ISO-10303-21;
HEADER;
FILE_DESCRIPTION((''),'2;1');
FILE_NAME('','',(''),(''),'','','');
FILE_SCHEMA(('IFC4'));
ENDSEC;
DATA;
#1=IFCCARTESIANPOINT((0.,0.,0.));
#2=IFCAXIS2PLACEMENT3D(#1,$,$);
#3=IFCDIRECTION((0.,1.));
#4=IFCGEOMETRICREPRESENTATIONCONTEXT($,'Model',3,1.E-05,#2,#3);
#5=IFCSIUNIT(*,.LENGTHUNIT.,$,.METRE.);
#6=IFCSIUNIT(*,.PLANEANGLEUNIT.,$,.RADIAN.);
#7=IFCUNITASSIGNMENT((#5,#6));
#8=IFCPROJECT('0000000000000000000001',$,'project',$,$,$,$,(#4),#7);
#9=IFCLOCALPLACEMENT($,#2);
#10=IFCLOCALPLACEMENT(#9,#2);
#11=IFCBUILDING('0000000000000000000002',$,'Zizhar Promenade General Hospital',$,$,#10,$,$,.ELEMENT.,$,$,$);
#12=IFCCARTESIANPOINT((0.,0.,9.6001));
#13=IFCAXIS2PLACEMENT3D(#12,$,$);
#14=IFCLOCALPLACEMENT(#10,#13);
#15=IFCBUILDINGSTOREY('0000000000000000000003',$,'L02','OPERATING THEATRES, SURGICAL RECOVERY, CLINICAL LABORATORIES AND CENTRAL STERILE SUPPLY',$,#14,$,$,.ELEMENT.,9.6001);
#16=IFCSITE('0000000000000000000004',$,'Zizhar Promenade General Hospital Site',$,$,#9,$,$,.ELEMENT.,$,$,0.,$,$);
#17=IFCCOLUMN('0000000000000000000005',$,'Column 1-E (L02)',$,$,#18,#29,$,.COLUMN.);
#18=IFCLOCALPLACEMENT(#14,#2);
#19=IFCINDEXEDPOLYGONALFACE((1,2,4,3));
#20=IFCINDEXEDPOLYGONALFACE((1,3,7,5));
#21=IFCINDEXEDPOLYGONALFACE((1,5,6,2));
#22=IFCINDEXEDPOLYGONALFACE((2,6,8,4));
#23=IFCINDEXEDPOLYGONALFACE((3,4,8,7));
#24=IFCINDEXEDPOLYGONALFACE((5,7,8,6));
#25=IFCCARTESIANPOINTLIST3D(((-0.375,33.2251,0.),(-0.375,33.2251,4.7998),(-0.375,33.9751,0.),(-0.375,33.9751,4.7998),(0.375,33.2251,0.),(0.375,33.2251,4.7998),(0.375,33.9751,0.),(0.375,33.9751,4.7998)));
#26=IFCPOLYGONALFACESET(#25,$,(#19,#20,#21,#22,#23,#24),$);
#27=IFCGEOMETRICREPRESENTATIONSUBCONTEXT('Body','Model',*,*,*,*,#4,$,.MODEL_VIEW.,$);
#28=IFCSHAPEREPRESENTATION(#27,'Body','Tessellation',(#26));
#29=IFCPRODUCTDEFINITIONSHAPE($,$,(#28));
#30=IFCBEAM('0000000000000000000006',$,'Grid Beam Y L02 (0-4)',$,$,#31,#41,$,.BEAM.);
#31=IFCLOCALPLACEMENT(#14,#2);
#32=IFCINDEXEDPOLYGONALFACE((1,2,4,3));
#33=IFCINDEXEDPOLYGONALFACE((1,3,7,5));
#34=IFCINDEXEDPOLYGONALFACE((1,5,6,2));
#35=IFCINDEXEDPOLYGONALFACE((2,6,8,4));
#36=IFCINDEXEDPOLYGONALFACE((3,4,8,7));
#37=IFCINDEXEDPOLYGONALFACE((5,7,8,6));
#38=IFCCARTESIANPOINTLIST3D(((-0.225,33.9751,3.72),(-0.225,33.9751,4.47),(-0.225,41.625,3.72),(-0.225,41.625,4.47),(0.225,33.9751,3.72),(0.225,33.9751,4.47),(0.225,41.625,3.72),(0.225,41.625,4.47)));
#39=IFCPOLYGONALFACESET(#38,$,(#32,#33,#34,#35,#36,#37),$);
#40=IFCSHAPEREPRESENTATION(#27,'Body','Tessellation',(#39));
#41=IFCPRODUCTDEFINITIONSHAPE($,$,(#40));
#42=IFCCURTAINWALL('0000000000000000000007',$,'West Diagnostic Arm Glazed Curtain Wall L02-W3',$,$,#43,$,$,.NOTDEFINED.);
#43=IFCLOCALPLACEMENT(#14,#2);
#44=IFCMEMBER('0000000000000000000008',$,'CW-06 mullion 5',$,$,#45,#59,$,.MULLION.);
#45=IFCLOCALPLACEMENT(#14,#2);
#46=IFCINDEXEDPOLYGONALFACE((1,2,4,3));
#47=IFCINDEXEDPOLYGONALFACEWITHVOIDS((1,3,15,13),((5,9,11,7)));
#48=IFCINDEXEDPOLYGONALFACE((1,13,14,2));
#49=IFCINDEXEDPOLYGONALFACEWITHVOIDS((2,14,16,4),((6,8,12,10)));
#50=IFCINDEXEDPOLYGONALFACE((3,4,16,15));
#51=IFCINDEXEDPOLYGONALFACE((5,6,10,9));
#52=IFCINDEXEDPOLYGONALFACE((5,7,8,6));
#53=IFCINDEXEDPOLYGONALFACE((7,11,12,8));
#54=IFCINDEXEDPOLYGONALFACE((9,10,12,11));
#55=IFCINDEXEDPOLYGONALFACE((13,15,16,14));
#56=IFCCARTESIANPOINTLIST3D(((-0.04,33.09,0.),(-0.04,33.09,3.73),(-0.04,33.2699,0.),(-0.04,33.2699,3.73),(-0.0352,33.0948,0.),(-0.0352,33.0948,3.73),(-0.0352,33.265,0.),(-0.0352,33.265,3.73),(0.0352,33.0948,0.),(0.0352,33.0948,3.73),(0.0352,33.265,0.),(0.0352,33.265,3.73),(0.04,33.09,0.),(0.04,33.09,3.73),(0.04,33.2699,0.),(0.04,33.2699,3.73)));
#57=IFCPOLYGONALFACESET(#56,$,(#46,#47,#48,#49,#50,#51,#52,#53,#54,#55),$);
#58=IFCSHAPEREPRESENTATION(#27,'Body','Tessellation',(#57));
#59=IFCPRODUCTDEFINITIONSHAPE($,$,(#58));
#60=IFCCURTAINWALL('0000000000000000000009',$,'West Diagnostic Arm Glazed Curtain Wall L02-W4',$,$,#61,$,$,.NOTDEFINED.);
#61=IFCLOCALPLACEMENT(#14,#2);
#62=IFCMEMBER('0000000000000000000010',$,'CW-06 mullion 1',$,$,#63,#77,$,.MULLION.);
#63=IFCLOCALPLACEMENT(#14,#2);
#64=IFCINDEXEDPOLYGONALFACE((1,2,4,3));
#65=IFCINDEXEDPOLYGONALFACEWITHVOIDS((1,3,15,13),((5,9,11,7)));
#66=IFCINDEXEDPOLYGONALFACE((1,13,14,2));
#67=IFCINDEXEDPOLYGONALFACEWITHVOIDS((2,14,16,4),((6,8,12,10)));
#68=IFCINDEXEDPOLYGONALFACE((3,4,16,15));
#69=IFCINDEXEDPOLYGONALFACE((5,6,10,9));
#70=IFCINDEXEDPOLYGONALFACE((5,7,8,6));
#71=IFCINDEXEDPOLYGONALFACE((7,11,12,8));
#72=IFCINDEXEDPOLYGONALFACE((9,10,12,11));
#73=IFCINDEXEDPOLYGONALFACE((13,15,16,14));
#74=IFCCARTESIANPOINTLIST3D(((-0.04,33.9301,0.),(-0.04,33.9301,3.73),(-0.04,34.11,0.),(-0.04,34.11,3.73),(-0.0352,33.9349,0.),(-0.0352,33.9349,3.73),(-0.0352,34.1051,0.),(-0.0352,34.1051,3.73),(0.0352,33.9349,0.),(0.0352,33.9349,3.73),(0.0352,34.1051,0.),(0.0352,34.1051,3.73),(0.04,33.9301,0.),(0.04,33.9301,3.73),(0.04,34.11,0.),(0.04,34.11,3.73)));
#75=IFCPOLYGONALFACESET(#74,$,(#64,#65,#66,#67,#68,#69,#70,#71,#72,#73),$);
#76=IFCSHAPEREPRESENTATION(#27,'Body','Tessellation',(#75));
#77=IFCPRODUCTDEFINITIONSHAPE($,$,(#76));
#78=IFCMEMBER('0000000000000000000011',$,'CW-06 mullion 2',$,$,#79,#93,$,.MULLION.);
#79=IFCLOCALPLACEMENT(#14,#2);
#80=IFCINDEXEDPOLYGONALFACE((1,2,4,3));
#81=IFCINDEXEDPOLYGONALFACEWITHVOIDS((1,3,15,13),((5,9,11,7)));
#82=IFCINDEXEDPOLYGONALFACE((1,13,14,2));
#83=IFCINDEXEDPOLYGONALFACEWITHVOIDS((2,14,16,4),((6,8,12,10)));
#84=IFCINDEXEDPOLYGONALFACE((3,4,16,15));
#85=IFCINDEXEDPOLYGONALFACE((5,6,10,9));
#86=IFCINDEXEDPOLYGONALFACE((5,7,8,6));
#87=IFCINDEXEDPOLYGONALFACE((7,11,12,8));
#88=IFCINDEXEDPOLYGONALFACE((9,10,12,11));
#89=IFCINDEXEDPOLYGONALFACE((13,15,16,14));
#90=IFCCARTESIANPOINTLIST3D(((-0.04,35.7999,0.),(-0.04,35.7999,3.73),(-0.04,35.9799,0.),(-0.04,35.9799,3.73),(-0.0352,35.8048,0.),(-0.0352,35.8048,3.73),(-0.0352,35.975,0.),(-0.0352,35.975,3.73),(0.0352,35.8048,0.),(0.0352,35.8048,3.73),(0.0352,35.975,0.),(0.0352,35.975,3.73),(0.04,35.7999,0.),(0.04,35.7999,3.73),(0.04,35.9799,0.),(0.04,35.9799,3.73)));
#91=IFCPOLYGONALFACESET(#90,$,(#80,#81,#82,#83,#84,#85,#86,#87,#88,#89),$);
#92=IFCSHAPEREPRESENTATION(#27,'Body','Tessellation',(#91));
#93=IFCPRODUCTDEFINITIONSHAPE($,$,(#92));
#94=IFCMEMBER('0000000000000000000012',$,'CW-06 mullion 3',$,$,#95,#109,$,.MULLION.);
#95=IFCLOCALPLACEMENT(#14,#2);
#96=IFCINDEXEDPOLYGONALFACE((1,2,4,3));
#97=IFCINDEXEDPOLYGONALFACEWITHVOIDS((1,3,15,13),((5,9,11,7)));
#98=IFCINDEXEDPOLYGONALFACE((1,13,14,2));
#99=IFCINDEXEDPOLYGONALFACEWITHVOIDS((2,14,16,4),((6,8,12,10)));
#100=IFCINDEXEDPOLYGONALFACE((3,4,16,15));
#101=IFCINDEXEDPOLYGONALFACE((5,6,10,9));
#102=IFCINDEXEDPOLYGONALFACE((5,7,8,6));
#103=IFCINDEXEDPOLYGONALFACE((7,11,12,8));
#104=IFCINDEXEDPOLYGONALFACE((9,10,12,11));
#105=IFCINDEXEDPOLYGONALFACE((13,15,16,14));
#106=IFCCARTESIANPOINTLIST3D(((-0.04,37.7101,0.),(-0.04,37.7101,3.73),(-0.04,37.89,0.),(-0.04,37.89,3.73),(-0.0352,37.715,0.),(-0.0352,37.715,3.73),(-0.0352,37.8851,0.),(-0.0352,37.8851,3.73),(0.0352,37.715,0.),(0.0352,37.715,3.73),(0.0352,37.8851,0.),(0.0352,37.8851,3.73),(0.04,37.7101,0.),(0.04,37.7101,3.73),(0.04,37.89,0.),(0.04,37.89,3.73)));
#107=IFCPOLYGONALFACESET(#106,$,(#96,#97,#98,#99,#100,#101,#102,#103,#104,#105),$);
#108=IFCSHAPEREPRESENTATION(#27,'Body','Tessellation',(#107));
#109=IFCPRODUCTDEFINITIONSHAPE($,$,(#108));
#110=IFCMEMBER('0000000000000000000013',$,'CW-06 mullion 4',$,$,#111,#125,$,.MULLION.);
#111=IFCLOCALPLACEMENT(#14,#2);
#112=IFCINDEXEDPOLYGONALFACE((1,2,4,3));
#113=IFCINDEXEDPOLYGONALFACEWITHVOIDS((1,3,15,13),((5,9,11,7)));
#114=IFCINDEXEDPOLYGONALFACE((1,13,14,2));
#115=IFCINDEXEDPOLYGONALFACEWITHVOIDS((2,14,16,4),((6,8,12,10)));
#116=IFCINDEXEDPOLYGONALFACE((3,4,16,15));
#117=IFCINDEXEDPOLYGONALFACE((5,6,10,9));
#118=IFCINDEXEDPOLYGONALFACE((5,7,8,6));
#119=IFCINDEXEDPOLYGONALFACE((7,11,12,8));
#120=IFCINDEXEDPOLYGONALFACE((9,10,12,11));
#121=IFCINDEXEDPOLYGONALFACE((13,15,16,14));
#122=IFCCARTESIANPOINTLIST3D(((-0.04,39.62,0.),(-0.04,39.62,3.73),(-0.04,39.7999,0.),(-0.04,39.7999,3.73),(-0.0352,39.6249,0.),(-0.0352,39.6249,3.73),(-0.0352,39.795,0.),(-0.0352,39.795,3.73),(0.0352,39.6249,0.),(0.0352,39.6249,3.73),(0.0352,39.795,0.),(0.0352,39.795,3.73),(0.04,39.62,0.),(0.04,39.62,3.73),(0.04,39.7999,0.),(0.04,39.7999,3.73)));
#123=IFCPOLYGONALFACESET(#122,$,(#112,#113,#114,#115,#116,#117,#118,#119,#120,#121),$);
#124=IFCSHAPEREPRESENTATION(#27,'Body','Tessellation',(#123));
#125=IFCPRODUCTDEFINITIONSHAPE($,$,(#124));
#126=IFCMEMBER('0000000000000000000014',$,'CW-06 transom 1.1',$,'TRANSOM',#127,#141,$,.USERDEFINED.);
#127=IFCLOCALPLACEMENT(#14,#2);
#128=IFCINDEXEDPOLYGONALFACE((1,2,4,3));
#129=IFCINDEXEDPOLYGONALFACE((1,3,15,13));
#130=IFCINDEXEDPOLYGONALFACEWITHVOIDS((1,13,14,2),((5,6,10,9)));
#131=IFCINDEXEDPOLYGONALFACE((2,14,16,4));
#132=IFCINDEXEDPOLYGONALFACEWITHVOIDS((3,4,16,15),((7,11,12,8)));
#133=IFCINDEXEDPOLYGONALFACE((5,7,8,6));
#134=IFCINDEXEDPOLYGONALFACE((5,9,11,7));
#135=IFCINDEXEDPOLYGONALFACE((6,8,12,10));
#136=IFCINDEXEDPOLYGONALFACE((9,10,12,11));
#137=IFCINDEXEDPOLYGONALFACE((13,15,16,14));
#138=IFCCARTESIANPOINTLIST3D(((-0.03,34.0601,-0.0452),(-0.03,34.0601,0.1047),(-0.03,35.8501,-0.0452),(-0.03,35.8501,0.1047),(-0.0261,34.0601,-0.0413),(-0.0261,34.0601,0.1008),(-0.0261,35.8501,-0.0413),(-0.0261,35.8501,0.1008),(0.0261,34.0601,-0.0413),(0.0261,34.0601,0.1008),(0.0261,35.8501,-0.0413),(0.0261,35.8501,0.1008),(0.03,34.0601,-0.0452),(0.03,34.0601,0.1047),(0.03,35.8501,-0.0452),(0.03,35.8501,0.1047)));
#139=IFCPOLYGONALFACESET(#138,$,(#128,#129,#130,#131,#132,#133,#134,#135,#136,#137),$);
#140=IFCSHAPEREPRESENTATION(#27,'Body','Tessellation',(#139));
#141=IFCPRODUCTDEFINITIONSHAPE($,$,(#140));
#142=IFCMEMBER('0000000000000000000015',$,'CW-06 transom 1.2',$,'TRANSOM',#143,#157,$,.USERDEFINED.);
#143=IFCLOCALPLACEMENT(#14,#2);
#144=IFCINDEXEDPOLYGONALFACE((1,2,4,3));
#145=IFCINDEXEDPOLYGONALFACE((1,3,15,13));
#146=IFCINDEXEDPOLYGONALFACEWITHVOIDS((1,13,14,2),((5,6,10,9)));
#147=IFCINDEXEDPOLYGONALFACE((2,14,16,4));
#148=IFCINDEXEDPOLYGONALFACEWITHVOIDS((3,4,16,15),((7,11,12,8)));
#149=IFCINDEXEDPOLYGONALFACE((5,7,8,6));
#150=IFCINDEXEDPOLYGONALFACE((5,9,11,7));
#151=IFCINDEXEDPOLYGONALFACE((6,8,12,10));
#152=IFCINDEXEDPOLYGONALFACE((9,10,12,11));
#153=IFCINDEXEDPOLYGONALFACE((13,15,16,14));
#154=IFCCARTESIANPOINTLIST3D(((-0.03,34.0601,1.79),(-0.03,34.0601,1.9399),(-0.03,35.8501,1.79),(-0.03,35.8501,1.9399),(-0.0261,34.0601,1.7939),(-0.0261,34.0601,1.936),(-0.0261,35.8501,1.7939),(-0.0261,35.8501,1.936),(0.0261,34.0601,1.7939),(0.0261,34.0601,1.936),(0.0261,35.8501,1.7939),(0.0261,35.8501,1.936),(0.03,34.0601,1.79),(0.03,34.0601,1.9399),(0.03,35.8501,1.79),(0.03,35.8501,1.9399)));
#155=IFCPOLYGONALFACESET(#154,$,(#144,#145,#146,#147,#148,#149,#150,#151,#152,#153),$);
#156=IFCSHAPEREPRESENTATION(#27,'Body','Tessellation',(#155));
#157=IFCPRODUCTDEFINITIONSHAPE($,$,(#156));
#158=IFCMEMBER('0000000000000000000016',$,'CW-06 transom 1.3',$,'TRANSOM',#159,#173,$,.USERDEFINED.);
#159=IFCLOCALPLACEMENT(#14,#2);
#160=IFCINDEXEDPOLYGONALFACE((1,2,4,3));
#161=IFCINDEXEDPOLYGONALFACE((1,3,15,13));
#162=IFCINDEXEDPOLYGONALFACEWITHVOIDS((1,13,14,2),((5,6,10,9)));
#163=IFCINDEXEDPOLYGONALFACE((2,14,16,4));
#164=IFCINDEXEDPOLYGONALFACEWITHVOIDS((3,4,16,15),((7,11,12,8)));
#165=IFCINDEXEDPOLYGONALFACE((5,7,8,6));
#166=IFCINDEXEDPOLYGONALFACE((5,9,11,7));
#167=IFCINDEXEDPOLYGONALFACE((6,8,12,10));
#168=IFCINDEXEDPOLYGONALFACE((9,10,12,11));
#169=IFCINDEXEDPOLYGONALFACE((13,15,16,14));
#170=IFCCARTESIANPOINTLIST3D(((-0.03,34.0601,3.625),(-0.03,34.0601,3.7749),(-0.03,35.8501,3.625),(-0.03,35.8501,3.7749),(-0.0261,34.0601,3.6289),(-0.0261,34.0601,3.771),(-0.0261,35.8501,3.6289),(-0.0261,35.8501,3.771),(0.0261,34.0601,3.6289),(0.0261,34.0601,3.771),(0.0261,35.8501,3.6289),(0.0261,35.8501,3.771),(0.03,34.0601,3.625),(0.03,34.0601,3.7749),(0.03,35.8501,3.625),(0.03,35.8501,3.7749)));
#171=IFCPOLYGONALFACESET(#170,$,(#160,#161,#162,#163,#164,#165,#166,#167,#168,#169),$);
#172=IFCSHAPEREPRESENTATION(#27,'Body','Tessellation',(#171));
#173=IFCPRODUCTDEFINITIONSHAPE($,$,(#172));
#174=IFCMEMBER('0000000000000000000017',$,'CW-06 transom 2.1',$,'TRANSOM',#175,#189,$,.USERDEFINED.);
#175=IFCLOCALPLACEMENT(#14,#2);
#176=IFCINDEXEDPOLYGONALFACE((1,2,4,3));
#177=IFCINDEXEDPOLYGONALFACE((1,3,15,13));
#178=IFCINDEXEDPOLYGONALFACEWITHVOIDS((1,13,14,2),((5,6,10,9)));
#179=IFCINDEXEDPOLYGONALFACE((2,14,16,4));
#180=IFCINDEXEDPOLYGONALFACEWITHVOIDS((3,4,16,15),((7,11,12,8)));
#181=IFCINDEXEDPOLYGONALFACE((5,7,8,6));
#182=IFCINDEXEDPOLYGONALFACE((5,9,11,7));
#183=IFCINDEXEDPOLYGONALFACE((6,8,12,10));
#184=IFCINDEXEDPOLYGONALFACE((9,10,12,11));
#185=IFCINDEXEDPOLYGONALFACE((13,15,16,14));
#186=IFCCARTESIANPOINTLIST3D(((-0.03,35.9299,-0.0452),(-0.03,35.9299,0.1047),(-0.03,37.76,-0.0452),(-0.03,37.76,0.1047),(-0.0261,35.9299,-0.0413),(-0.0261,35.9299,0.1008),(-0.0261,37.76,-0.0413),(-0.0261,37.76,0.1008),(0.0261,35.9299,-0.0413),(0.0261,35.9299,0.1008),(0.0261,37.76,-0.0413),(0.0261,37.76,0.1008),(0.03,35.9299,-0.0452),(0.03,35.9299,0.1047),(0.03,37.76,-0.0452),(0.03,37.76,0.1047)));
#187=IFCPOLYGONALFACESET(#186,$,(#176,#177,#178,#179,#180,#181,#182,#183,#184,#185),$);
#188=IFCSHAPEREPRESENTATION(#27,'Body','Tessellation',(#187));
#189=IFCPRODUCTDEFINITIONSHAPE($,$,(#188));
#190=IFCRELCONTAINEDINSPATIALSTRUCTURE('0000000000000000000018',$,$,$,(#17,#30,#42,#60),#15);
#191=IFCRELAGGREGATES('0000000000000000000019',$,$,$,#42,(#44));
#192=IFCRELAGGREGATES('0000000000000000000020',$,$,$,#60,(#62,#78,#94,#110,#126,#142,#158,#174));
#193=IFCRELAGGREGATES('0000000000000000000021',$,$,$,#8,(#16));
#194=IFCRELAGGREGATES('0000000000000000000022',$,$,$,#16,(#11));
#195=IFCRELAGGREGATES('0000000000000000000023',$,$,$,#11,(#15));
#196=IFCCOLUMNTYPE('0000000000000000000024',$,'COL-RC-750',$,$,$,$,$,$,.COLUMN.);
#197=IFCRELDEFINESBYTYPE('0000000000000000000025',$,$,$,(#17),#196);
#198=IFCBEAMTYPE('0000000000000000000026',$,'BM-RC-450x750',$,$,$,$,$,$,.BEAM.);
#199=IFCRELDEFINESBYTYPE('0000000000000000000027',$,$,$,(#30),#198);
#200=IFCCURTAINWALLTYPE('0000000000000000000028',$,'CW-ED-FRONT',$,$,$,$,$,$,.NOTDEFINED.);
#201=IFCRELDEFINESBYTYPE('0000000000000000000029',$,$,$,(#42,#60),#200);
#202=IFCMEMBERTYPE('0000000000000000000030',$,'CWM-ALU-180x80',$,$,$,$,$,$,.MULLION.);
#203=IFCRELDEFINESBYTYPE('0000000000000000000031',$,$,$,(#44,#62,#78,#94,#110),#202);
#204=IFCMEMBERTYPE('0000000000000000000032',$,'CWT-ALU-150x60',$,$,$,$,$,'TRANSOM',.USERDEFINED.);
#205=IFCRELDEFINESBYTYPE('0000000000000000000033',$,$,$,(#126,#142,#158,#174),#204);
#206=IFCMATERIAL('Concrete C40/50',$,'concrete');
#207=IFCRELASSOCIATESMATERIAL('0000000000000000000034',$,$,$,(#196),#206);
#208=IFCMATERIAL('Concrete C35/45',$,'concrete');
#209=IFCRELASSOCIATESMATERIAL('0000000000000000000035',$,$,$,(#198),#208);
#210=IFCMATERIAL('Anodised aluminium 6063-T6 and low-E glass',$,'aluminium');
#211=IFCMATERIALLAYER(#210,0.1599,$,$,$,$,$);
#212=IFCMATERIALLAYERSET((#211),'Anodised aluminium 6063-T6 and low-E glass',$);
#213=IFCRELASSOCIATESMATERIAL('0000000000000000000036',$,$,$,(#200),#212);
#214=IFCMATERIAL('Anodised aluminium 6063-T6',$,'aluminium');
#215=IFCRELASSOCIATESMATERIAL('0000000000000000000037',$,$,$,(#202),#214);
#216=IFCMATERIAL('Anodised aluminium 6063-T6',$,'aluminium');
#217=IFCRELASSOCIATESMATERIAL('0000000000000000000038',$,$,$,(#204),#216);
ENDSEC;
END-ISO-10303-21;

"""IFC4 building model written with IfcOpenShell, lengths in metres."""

from ifc_helpers import new_model, si_unit, direction, frame, origin, origin_2d, place, context, subcontext, project, spatial, rectangle, hollow_rectangle, extrude, material, layer, layer_set, material_profile, profile_set, type_object, element, aggregate, save


model = new_model("IFC4")

# Units and contexts
model_context = context("Model", 3, precision=1e-05, world=origin(), true_north=direction((0.0, 1.0)))
body_context = subcontext(model_context, "Body", "Model", "MODEL_VIEW")
ifc_project = project(units=[si_unit("LENGTHUNIT", "METRE"), si_unit("PLANEANGLEUNIT", "RADIAN")], contexts=[model_context])

# Site, building, storey
site_placement = place(None, origin())
site = spatial("IfcSite", under=ifc_project, at=site_placement, Name="Zizhar Promenade General Hospital Site", CompositionType="ELEMENT", RefElevation=0.0)
building_placement = place(site_placement, origin())
building = spatial("IfcBuilding", under=site, at=building_placement, Name="Zizhar Promenade General Hospital", CompositionType="ELEMENT")
storey_placement = place(building_placement, frame((0.0, 0.0, 9.6001)))
storey = spatial("IfcBuildingStorey", under=building, at=storey_placement, Name="L02", Description="OPERATING THEATRES, SURGICAL RECOVERY, CLINICAL LABORATORIES AND CENTRAL STERILE SUPPLY", CompositionType="ELEMENT", Elevation=9.6001)

# Column
ifc_material_1 = material(Name="Concrete C40/50", Category="concrete")
ifc_material_profile_1 = material_profile(ifc_material_1, rectangle(XDim=0.75, YDim=0.75, at=origin_2d()))
ifc_profile_set_1 = profile_set([ifc_material_profile_1], Name="Concrete C40/50")
column_type = type_object("IfcColumnType", Name="COL-RC-750", PredefinedType="COLUMN", material=ifc_profile_set_1)
column_placement = place(storey_placement, frame((0.0, 33.6001, 0.0), z_axis=(0.0, 0.0, 1.0), x_axis=(1.0, 0.0, 0.0)))
element("IfcColumn", 1, at=column_placement, inside=storey, type_object=column_type, Name="Column 1-E (L02)", PredefinedType="COLUMN", context=body_context, shape_type="SweptSolid", body=[
    extrude(rectangle(XDim=0.75, YDim=0.75, at=origin_2d()), origin(), (0.0, 0.0, 1.0), 4.7998),
])

# Beam
ifc_material_2 = material(Name="Concrete C35/45", Category="concrete")
ifc_material_profile_2 = material_profile(ifc_material_2, rectangle(XDim=0.45, YDim=0.75, at=origin_2d()))
ifc_profile_set_2 = profile_set([ifc_material_profile_2], Name="Concrete C35/45")
beam_type = type_object("IfcBeamType", Name="BM-RC-450x750", PredefinedType="BEAM", material=ifc_profile_set_2)
beam_placement = place(storey_placement, frame((0.0, 33.9751, 4.095), z_axis=(0.0, 1.0, 0.0), x_axis=(-1.0, 0.0, 0.0)))
element("IfcBeam", 2, at=beam_placement, inside=storey, type_object=beam_type, Name="Grid Beam Y L02 (0-4)", PredefinedType="BEAM", context=body_context, shape_type="SweptSolid", body=[
    extrude(rectangle(XDim=0.45, YDim=0.75, at=origin_2d()), origin(), (0.0, 0.0, 1.0), 7.6499),
])

# Curtain wall, member
ifc_material_3 = material(Name="Anodised aluminium 6063-T6 and low-E glass", Category="aluminium")
ifc_layer_1 = layer(ifc_material_3, 0.1599)
ifc_layer_set_1 = layer_set([ifc_layer_1], Name="Anodised aluminium 6063-T6 and low-E glass")
curtain_wall_type = type_object("IfcCurtainWallType", Name="CW-ED-FRONT", PredefinedType="NOTDEFINED", material=ifc_layer_set_1)
curtain_wall_1_placement = place(storey_placement, origin())
curtain_wall_1 = element("IfcCurtainWall", 3, at=curtain_wall_1_placement, inside=storey, type_object=curtain_wall_type, Name="West Diagnostic Arm Glazed Curtain Wall L02-W3", PredefinedType="NOTDEFINED")
ifc_material_4 = material(Name="Anodised aluminium 6063-T6", Category="aluminium")
ifc_material_profile_3 = material_profile(ifc_material_4, hollow_rectangle(XDim=0.0801, YDim=0.1799, WallThickness=0.0049, at=origin_2d()))
ifc_profile_set_3 = profile_set([ifc_material_profile_3], Name="Anodised aluminium 6063-T6")
member_type_1 = type_object("IfcMemberType", Name="CWM-ALU-180x80", PredefinedType="MULLION", material=ifc_profile_set_3)
member_1_placement = place(storey_placement, frame((0.0, 33.1799, 0.0), z_axis=(0.0, 0.0, 1.0), x_axis=(-1.0, 0.0, 0.0)))
member_1 = element("IfcMember", 4, at=member_1_placement, type_object=member_type_1, Name="CW-06 mullion 5", PredefinedType="MULLION", context=body_context, shape_type="SweptSolid", body=[
    extrude(hollow_rectangle(XDim=0.0801, YDim=0.1799, WallThickness=0.0049, at=origin_2d()), origin(), (0.0, 0.0, 1.0), 3.73),
])
aggregate(curtain_wall_1, [member_1])

# Curtain wall, members
curtain_wall_2_placement = place(storey_placement, origin())
curtain_wall_2 = element("IfcCurtainWall", 5, at=curtain_wall_2_placement, inside=storey, type_object=curtain_wall_type, Name="West Diagnostic Arm Glazed Curtain Wall L02-W4", PredefinedType="NOTDEFINED")
member_2_placement = place(storey_placement, frame((0.0, 34.02, 0.0), z_axis=(0.0, 0.0, 1.0), x_axis=(-1.0, 0.0, 0.0)))
member_2 = element("IfcMember", 6, at=member_2_placement, type_object=member_type_1, Name="CW-06 mullion 1", PredefinedType="MULLION", context=body_context, shape_type="SweptSolid", body=[
    extrude(hollow_rectangle(XDim=0.0801, YDim=0.1799, WallThickness=0.0049, at=origin_2d()), origin(), (0.0, 0.0, 1.0), 3.73),
])
member_3_placement = place(storey_placement, frame((0.0, 35.8899, 0.0), z_axis=(0.0, 0.0, 1.0), x_axis=(-1.0, 0.0, 0.0)))
member_3 = element("IfcMember", 7, at=member_3_placement, type_object=member_type_1, Name="CW-06 mullion 2", PredefinedType="MULLION", context=body_context, shape_type="SweptSolid", body=[
    extrude(hollow_rectangle(XDim=0.0801, YDim=0.1799, WallThickness=0.0049, at=origin_2d()), origin(), (0.0, 0.0, 1.0), 3.73),
])
member_4_placement = place(storey_placement, frame((0.0, 37.8, 0.0), z_axis=(0.0, 0.0, 1.0), x_axis=(-1.0, 0.0, 0.0)))
member_4 = element("IfcMember", 8, at=member_4_placement, type_object=member_type_1, Name="CW-06 mullion 3", PredefinedType="MULLION", context=body_context, shape_type="SweptSolid", body=[
    extrude(hollow_rectangle(XDim=0.0801, YDim=0.1799, WallThickness=0.0049, at=origin_2d()), origin(), (0.0, 0.0, 1.0), 3.73),
])
member_5_placement = place(storey_placement, frame((0.0, 39.71, 0.0), z_axis=(0.0, 0.0, 1.0), x_axis=(-1.0, 0.0, 0.0)))
member_5 = element("IfcMember", 9, at=member_5_placement, type_object=member_type_1, Name="CW-06 mullion 4", PredefinedType="MULLION", context=body_context, shape_type="SweptSolid", body=[
    extrude(hollow_rectangle(XDim=0.0801, YDim=0.1799, WallThickness=0.0049, at=origin_2d()), origin(), (0.0, 0.0, 1.0), 3.73),
])
ifc_material_5 = material(Name="Anodised aluminium 6063-T6", Category="aluminium")
ifc_material_profile_4 = material_profile(ifc_material_5, hollow_rectangle(XDim=0.0601, YDim=0.1499, WallThickness=0.0039, at=origin_2d()))
ifc_profile_set_4 = profile_set([ifc_material_profile_4], Name="Anodised aluminium 6063-T6")
member_type_2 = type_object("IfcMemberType", Name="CWT-ALU-150x60", ElementType="TRANSOM", PredefinedType="USERDEFINED", material=ifc_profile_set_4)
member_6_placement = place(storey_placement, frame((0.0, 34.0601, 0.0298), z_axis=(0.0, 1.0, 0.0), x_axis=(-1.0, 0.0, 0.0)))
member_6 = element("IfcMember", 10, at=member_6_placement, type_object=member_type_2, Name="CW-06 transom 1.1", ObjectType="TRANSOM", PredefinedType="USERDEFINED", context=body_context, shape_type="SweptSolid", body=[
    extrude(hollow_rectangle(XDim=0.0601, YDim=0.1499, WallThickness=0.0039, at=origin_2d()), origin(), (0.0, 0.0, 1.0), 1.79),
])
member_7_placement = place(storey_placement, frame((0.0, 34.0601, 1.865), z_axis=(0.0, 1.0, 0.0), x_axis=(-1.0, 0.0, 0.0)))
member_7 = element("IfcMember", 11, at=member_7_placement, type_object=member_type_2, Name="CW-06 transom 1.2", ObjectType="TRANSOM", PredefinedType="USERDEFINED", context=body_context, shape_type="SweptSolid", body=[
    extrude(hollow_rectangle(XDim=0.0601, YDim=0.1499, WallThickness=0.0039, at=origin_2d()), origin(), (0.0, 0.0, 1.0), 1.79),
])
member_8_placement = place(storey_placement, frame((0.0, 34.0601, 3.7), z_axis=(0.0, 1.0, 0.0), x_axis=(-1.0, 0.0, 0.0)))
member_8 = element("IfcMember", 12, at=member_8_placement, type_object=member_type_2, Name="CW-06 transom 1.3", ObjectType="TRANSOM", PredefinedType="USERDEFINED", context=body_context, shape_type="SweptSolid", body=[
    extrude(hollow_rectangle(XDim=0.0601, YDim=0.1499, WallThickness=0.0039, at=origin_2d()), origin(), (0.0, 0.0, 1.0), 1.79),
])
member_9_placement = place(storey_placement, frame((0.0, 35.9299, 0.0298), z_axis=(0.0, 1.0, 0.0), x_axis=(-1.0, 0.0, 0.0)))
member_9 = element("IfcMember", 13, at=member_9_placement, type_object=member_type_2, Name="CW-06 transom 2.1", ObjectType="TRANSOM", PredefinedType="USERDEFINED", context=body_context, shape_type="SweptSolid", body=[
    extrude(hollow_rectangle(XDim=0.0601, YDim=0.1499, WallThickness=0.0039, at=origin_2d()), origin(), (0.0, 0.0, 1.0), 1.8301),
])
aggregate(curtain_wall_2, [member_2, member_3, member_4, member_5, member_6, member_7, member_8, member_9])

save(model, "model.ifc")
